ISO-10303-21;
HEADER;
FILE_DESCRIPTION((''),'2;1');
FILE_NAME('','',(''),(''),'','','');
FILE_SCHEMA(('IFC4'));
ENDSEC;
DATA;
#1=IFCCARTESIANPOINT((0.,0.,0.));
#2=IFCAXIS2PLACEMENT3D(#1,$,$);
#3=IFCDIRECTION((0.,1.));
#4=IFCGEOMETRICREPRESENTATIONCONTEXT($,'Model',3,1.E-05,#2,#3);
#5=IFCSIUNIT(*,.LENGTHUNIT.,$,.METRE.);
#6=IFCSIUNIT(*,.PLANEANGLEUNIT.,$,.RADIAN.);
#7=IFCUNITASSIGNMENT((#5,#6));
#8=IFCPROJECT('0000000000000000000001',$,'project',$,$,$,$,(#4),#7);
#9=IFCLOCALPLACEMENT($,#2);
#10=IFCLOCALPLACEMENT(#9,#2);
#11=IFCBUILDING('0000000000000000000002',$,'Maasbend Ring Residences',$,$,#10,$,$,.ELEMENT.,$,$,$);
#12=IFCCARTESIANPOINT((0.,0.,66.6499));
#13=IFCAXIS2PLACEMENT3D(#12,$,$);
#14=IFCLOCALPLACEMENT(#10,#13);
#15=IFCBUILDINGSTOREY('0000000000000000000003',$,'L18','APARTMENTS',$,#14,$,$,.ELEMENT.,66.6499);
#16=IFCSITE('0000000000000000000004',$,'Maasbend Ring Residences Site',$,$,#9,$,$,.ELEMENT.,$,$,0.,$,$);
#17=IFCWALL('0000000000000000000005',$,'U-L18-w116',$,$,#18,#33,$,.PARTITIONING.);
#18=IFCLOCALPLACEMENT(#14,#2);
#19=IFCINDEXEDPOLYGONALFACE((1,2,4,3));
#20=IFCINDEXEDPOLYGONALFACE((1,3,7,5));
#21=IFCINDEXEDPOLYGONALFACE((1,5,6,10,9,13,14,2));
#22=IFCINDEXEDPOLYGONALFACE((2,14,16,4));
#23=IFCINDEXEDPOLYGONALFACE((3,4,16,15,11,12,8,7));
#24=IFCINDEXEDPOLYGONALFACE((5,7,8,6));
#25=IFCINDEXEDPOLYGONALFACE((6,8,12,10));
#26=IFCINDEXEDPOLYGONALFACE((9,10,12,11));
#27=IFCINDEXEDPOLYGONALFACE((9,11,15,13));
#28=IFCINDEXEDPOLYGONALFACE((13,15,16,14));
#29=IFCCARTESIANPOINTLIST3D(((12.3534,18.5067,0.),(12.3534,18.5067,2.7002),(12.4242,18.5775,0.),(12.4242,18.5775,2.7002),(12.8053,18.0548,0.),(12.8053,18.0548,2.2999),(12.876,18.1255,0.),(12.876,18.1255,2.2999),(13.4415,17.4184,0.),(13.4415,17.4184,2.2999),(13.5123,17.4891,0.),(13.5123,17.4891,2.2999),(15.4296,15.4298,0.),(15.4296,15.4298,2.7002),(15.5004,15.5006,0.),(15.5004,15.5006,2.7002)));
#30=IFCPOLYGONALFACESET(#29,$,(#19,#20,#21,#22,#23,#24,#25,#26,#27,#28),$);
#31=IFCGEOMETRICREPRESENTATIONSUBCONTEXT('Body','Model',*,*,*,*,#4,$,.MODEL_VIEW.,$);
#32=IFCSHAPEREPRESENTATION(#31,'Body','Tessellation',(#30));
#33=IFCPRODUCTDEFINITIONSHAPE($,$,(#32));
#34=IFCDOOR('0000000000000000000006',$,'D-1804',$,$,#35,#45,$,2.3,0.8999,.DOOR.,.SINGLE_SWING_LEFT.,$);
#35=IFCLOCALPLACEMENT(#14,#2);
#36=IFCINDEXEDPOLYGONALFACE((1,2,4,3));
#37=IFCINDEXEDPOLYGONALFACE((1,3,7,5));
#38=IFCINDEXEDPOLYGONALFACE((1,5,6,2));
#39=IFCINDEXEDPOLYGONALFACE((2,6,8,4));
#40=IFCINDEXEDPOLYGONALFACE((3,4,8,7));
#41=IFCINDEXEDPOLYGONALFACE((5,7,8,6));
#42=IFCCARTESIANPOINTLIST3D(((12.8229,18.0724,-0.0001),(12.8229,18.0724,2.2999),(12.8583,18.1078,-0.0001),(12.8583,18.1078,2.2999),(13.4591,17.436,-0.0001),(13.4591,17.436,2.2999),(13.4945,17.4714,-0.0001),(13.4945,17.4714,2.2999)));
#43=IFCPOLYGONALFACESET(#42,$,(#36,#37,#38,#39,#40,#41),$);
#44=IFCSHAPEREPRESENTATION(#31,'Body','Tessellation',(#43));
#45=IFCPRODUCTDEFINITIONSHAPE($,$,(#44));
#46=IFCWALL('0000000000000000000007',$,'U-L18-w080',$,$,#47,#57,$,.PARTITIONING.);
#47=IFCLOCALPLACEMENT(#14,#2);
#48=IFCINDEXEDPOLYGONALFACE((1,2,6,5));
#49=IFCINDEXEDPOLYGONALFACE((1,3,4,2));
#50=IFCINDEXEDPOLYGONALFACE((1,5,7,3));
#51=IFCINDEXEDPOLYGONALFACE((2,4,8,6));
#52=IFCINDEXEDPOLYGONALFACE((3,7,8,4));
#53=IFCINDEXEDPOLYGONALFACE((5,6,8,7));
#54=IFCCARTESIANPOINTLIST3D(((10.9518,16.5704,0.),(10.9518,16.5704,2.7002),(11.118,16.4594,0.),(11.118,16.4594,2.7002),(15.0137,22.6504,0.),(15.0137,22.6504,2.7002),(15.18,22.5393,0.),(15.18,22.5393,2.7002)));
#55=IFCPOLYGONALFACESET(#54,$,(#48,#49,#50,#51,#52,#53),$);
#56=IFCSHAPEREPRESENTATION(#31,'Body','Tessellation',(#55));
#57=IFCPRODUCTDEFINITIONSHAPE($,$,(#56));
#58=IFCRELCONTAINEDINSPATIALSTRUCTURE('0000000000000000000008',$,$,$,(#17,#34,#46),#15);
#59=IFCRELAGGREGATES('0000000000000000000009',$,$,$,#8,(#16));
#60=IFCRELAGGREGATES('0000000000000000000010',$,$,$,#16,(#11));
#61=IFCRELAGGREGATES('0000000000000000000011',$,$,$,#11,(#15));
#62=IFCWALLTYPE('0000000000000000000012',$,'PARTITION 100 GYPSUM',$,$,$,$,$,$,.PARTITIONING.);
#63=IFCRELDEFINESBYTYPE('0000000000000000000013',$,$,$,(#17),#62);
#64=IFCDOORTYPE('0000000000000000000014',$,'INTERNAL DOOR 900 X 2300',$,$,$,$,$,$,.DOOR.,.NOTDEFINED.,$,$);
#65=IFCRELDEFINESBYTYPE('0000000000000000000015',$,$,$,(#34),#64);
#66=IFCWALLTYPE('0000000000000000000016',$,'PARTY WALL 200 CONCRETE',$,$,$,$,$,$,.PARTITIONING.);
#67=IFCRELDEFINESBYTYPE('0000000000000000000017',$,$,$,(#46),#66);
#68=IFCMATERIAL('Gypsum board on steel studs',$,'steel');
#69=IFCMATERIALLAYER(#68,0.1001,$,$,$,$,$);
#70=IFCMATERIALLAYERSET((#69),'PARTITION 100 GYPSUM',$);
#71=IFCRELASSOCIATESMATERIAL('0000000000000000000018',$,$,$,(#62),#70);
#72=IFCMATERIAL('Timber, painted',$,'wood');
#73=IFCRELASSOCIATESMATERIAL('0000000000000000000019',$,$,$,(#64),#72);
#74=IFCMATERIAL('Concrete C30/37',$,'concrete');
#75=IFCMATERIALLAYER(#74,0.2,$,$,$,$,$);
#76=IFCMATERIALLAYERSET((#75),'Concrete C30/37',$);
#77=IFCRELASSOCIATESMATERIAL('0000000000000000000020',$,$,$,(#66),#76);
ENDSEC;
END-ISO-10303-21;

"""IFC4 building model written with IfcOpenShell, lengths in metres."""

from ifc_helpers import new_model, si_unit, direction, frame, frame_2d, origin, place, context, subcontext, project, spatial, rectangle, extrude, material, layer, layer_set, type_object, element, fill, save


model = new_model("IFC4")

# Units and contexts
model_context = context("Model", 3, precision=1e-05, world=origin(), true_north=direction((0.0, 1.0)))
body_context = subcontext(model_context, "Body", "Model", "MODEL_VIEW")
ifc_project = project(units=[si_unit("LENGTHUNIT", "METRE"), si_unit("PLANEANGLEUNIT", "RADIAN")], contexts=[model_context])

# Site, building, storey
site_placement = place(None, origin())
site = spatial("IfcSite", under=ifc_project, at=site_placement, Name="Maasbend Ring Residences Site", CompositionType="ELEMENT", RefElevation=0.0)
building_placement = place(site_placement, origin())
building = spatial("IfcBuilding", under=site, at=building_placement, Name="Maasbend Ring Residences", CompositionType="ELEMENT")
storey_placement = place(building_placement, frame((0.0, 0.0, 66.6499)))
storey = spatial("IfcBuildingStorey", under=building, at=storey_placement, Name="L18", Description="APARTMENTS", CompositionType="ELEMENT", Elevation=66.6499)

# Shared definitions
ifc_material_1 = material(Name="Gypsum board on steel studs", Category="steel")
ifc_layer_1 = layer(ifc_material_1, 0.1001)
ifc_layer_set_1 = layer_set([ifc_layer_1], Name="PARTITION 100 GYPSUM")
wall_type_1 = type_object("IfcWallType", Name="PARTITION 100 GYPSUM", PredefinedType="PARTITIONING", material=ifc_layer_set_1)

# Wall, opening, door
ifc_material_2 = material(Name="Timber, painted", Category="wood")
door_type_1 = type_object("IfcDoorType", Name="INTERNAL DOOR 900 X 2300", OperationType="NOTDEFINED", PredefinedType="DOOR", material=ifc_material_2)
wall_1_placement = place(storey_placement, frame((12.3889, 18.542, 0.0), z_axis=(0.0, 0.0, 1.0), x_axis=(0.707023, -0.707191, 0.0)))
wall_1 = element("IfcWall", 1, at=wall_1_placement, inside=storey, type_object=wall_type_1, Name="U-L18-w116", PredefinedType="PARTITIONING", context=body_context, shape_type="SweptSolid", body=[
    extrude(rectangle(XDim=4.3508, YDim=0.1001, at=frame_2d((2.1753, 0.0))), origin(), (0.0, 0.0, 1.0), 2.7002),
])
opening_1_placement = place(wall_1_placement, frame((0.6389, 0.0, 0.0)))
opening_1 = element("IfcOpeningElement", 2, at=opening_1_placement, cuts=wall_1, PredefinedType="OPENING", context=body_context, shape_type="SweptSolid", body=[
    extrude(rectangle(XDim=0.8999, YDim=2.3, at=frame_2d((0.45, 1.1499))), frame((0.0, 0.0601, 0.0), z_axis=(0.0, -1.0, 0.0), x_axis=(1.0, 0.0, 0.0)), (0.0, 0.0, 1.0), 0.1201),
])
door_1_placement = place(opening_1_placement, origin())
door_1 = element("IfcDoor", 3, at=door_1_placement, inside=storey, type_object=door_type_1, Name="D-1804", OperationType="SINGLE_SWING_LEFT", OverallHeight=2.3, OverallWidth=0.8999, PredefinedType="DOOR", context=body_context, shape_type="SweptSolid", body=[
    extrude(rectangle(XDim=0.8999, YDim=2.3, at=frame_2d((0.45, 1.1499))), frame((0.0, 0.0249, 0.0), z_axis=(0.0, -1.0, 0.0), x_axis=(1.0, 0.0, 0.0)), (0.0, 0.0, 1.0), 0.05),
])
fill(opening_1, door_1)

# Wall
ifc_material_3 = material(Name="Concrete C30/37", Category="concrete")
ifc_layer_2 = layer(ifc_material_3, 0.2)
ifc_layer_set_2 = layer_set([ifc_layer_2], Name="Concrete C30/37")
wall_type_2 = type_object("IfcWallType", Name="PARTY WALL 200 CONCRETE", PredefinedType="PARTITIONING", material=ifc_layer_set_2)
wall_2_placement = place(storey_placement, frame((11.0349, 16.5149, 0.0), z_axis=(0.0, 0.0, 1.0), x_axis=(0.555517, 0.831505, 0.0)))
element("IfcWall", 4, at=wall_2_placement, inside=storey, type_object=wall_type_2, Name="U-L18-w080", PredefinedType="PARTITIONING", context=body_context, shape_type="SweptSolid", body=[
    extrude(rectangle(XDim=7.312, YDim=0.2, at=frame_2d((3.656, 0.0))), origin(), (0.0, 0.0, 1.0), 2.7002),
])

save(model, "model.ifc")
